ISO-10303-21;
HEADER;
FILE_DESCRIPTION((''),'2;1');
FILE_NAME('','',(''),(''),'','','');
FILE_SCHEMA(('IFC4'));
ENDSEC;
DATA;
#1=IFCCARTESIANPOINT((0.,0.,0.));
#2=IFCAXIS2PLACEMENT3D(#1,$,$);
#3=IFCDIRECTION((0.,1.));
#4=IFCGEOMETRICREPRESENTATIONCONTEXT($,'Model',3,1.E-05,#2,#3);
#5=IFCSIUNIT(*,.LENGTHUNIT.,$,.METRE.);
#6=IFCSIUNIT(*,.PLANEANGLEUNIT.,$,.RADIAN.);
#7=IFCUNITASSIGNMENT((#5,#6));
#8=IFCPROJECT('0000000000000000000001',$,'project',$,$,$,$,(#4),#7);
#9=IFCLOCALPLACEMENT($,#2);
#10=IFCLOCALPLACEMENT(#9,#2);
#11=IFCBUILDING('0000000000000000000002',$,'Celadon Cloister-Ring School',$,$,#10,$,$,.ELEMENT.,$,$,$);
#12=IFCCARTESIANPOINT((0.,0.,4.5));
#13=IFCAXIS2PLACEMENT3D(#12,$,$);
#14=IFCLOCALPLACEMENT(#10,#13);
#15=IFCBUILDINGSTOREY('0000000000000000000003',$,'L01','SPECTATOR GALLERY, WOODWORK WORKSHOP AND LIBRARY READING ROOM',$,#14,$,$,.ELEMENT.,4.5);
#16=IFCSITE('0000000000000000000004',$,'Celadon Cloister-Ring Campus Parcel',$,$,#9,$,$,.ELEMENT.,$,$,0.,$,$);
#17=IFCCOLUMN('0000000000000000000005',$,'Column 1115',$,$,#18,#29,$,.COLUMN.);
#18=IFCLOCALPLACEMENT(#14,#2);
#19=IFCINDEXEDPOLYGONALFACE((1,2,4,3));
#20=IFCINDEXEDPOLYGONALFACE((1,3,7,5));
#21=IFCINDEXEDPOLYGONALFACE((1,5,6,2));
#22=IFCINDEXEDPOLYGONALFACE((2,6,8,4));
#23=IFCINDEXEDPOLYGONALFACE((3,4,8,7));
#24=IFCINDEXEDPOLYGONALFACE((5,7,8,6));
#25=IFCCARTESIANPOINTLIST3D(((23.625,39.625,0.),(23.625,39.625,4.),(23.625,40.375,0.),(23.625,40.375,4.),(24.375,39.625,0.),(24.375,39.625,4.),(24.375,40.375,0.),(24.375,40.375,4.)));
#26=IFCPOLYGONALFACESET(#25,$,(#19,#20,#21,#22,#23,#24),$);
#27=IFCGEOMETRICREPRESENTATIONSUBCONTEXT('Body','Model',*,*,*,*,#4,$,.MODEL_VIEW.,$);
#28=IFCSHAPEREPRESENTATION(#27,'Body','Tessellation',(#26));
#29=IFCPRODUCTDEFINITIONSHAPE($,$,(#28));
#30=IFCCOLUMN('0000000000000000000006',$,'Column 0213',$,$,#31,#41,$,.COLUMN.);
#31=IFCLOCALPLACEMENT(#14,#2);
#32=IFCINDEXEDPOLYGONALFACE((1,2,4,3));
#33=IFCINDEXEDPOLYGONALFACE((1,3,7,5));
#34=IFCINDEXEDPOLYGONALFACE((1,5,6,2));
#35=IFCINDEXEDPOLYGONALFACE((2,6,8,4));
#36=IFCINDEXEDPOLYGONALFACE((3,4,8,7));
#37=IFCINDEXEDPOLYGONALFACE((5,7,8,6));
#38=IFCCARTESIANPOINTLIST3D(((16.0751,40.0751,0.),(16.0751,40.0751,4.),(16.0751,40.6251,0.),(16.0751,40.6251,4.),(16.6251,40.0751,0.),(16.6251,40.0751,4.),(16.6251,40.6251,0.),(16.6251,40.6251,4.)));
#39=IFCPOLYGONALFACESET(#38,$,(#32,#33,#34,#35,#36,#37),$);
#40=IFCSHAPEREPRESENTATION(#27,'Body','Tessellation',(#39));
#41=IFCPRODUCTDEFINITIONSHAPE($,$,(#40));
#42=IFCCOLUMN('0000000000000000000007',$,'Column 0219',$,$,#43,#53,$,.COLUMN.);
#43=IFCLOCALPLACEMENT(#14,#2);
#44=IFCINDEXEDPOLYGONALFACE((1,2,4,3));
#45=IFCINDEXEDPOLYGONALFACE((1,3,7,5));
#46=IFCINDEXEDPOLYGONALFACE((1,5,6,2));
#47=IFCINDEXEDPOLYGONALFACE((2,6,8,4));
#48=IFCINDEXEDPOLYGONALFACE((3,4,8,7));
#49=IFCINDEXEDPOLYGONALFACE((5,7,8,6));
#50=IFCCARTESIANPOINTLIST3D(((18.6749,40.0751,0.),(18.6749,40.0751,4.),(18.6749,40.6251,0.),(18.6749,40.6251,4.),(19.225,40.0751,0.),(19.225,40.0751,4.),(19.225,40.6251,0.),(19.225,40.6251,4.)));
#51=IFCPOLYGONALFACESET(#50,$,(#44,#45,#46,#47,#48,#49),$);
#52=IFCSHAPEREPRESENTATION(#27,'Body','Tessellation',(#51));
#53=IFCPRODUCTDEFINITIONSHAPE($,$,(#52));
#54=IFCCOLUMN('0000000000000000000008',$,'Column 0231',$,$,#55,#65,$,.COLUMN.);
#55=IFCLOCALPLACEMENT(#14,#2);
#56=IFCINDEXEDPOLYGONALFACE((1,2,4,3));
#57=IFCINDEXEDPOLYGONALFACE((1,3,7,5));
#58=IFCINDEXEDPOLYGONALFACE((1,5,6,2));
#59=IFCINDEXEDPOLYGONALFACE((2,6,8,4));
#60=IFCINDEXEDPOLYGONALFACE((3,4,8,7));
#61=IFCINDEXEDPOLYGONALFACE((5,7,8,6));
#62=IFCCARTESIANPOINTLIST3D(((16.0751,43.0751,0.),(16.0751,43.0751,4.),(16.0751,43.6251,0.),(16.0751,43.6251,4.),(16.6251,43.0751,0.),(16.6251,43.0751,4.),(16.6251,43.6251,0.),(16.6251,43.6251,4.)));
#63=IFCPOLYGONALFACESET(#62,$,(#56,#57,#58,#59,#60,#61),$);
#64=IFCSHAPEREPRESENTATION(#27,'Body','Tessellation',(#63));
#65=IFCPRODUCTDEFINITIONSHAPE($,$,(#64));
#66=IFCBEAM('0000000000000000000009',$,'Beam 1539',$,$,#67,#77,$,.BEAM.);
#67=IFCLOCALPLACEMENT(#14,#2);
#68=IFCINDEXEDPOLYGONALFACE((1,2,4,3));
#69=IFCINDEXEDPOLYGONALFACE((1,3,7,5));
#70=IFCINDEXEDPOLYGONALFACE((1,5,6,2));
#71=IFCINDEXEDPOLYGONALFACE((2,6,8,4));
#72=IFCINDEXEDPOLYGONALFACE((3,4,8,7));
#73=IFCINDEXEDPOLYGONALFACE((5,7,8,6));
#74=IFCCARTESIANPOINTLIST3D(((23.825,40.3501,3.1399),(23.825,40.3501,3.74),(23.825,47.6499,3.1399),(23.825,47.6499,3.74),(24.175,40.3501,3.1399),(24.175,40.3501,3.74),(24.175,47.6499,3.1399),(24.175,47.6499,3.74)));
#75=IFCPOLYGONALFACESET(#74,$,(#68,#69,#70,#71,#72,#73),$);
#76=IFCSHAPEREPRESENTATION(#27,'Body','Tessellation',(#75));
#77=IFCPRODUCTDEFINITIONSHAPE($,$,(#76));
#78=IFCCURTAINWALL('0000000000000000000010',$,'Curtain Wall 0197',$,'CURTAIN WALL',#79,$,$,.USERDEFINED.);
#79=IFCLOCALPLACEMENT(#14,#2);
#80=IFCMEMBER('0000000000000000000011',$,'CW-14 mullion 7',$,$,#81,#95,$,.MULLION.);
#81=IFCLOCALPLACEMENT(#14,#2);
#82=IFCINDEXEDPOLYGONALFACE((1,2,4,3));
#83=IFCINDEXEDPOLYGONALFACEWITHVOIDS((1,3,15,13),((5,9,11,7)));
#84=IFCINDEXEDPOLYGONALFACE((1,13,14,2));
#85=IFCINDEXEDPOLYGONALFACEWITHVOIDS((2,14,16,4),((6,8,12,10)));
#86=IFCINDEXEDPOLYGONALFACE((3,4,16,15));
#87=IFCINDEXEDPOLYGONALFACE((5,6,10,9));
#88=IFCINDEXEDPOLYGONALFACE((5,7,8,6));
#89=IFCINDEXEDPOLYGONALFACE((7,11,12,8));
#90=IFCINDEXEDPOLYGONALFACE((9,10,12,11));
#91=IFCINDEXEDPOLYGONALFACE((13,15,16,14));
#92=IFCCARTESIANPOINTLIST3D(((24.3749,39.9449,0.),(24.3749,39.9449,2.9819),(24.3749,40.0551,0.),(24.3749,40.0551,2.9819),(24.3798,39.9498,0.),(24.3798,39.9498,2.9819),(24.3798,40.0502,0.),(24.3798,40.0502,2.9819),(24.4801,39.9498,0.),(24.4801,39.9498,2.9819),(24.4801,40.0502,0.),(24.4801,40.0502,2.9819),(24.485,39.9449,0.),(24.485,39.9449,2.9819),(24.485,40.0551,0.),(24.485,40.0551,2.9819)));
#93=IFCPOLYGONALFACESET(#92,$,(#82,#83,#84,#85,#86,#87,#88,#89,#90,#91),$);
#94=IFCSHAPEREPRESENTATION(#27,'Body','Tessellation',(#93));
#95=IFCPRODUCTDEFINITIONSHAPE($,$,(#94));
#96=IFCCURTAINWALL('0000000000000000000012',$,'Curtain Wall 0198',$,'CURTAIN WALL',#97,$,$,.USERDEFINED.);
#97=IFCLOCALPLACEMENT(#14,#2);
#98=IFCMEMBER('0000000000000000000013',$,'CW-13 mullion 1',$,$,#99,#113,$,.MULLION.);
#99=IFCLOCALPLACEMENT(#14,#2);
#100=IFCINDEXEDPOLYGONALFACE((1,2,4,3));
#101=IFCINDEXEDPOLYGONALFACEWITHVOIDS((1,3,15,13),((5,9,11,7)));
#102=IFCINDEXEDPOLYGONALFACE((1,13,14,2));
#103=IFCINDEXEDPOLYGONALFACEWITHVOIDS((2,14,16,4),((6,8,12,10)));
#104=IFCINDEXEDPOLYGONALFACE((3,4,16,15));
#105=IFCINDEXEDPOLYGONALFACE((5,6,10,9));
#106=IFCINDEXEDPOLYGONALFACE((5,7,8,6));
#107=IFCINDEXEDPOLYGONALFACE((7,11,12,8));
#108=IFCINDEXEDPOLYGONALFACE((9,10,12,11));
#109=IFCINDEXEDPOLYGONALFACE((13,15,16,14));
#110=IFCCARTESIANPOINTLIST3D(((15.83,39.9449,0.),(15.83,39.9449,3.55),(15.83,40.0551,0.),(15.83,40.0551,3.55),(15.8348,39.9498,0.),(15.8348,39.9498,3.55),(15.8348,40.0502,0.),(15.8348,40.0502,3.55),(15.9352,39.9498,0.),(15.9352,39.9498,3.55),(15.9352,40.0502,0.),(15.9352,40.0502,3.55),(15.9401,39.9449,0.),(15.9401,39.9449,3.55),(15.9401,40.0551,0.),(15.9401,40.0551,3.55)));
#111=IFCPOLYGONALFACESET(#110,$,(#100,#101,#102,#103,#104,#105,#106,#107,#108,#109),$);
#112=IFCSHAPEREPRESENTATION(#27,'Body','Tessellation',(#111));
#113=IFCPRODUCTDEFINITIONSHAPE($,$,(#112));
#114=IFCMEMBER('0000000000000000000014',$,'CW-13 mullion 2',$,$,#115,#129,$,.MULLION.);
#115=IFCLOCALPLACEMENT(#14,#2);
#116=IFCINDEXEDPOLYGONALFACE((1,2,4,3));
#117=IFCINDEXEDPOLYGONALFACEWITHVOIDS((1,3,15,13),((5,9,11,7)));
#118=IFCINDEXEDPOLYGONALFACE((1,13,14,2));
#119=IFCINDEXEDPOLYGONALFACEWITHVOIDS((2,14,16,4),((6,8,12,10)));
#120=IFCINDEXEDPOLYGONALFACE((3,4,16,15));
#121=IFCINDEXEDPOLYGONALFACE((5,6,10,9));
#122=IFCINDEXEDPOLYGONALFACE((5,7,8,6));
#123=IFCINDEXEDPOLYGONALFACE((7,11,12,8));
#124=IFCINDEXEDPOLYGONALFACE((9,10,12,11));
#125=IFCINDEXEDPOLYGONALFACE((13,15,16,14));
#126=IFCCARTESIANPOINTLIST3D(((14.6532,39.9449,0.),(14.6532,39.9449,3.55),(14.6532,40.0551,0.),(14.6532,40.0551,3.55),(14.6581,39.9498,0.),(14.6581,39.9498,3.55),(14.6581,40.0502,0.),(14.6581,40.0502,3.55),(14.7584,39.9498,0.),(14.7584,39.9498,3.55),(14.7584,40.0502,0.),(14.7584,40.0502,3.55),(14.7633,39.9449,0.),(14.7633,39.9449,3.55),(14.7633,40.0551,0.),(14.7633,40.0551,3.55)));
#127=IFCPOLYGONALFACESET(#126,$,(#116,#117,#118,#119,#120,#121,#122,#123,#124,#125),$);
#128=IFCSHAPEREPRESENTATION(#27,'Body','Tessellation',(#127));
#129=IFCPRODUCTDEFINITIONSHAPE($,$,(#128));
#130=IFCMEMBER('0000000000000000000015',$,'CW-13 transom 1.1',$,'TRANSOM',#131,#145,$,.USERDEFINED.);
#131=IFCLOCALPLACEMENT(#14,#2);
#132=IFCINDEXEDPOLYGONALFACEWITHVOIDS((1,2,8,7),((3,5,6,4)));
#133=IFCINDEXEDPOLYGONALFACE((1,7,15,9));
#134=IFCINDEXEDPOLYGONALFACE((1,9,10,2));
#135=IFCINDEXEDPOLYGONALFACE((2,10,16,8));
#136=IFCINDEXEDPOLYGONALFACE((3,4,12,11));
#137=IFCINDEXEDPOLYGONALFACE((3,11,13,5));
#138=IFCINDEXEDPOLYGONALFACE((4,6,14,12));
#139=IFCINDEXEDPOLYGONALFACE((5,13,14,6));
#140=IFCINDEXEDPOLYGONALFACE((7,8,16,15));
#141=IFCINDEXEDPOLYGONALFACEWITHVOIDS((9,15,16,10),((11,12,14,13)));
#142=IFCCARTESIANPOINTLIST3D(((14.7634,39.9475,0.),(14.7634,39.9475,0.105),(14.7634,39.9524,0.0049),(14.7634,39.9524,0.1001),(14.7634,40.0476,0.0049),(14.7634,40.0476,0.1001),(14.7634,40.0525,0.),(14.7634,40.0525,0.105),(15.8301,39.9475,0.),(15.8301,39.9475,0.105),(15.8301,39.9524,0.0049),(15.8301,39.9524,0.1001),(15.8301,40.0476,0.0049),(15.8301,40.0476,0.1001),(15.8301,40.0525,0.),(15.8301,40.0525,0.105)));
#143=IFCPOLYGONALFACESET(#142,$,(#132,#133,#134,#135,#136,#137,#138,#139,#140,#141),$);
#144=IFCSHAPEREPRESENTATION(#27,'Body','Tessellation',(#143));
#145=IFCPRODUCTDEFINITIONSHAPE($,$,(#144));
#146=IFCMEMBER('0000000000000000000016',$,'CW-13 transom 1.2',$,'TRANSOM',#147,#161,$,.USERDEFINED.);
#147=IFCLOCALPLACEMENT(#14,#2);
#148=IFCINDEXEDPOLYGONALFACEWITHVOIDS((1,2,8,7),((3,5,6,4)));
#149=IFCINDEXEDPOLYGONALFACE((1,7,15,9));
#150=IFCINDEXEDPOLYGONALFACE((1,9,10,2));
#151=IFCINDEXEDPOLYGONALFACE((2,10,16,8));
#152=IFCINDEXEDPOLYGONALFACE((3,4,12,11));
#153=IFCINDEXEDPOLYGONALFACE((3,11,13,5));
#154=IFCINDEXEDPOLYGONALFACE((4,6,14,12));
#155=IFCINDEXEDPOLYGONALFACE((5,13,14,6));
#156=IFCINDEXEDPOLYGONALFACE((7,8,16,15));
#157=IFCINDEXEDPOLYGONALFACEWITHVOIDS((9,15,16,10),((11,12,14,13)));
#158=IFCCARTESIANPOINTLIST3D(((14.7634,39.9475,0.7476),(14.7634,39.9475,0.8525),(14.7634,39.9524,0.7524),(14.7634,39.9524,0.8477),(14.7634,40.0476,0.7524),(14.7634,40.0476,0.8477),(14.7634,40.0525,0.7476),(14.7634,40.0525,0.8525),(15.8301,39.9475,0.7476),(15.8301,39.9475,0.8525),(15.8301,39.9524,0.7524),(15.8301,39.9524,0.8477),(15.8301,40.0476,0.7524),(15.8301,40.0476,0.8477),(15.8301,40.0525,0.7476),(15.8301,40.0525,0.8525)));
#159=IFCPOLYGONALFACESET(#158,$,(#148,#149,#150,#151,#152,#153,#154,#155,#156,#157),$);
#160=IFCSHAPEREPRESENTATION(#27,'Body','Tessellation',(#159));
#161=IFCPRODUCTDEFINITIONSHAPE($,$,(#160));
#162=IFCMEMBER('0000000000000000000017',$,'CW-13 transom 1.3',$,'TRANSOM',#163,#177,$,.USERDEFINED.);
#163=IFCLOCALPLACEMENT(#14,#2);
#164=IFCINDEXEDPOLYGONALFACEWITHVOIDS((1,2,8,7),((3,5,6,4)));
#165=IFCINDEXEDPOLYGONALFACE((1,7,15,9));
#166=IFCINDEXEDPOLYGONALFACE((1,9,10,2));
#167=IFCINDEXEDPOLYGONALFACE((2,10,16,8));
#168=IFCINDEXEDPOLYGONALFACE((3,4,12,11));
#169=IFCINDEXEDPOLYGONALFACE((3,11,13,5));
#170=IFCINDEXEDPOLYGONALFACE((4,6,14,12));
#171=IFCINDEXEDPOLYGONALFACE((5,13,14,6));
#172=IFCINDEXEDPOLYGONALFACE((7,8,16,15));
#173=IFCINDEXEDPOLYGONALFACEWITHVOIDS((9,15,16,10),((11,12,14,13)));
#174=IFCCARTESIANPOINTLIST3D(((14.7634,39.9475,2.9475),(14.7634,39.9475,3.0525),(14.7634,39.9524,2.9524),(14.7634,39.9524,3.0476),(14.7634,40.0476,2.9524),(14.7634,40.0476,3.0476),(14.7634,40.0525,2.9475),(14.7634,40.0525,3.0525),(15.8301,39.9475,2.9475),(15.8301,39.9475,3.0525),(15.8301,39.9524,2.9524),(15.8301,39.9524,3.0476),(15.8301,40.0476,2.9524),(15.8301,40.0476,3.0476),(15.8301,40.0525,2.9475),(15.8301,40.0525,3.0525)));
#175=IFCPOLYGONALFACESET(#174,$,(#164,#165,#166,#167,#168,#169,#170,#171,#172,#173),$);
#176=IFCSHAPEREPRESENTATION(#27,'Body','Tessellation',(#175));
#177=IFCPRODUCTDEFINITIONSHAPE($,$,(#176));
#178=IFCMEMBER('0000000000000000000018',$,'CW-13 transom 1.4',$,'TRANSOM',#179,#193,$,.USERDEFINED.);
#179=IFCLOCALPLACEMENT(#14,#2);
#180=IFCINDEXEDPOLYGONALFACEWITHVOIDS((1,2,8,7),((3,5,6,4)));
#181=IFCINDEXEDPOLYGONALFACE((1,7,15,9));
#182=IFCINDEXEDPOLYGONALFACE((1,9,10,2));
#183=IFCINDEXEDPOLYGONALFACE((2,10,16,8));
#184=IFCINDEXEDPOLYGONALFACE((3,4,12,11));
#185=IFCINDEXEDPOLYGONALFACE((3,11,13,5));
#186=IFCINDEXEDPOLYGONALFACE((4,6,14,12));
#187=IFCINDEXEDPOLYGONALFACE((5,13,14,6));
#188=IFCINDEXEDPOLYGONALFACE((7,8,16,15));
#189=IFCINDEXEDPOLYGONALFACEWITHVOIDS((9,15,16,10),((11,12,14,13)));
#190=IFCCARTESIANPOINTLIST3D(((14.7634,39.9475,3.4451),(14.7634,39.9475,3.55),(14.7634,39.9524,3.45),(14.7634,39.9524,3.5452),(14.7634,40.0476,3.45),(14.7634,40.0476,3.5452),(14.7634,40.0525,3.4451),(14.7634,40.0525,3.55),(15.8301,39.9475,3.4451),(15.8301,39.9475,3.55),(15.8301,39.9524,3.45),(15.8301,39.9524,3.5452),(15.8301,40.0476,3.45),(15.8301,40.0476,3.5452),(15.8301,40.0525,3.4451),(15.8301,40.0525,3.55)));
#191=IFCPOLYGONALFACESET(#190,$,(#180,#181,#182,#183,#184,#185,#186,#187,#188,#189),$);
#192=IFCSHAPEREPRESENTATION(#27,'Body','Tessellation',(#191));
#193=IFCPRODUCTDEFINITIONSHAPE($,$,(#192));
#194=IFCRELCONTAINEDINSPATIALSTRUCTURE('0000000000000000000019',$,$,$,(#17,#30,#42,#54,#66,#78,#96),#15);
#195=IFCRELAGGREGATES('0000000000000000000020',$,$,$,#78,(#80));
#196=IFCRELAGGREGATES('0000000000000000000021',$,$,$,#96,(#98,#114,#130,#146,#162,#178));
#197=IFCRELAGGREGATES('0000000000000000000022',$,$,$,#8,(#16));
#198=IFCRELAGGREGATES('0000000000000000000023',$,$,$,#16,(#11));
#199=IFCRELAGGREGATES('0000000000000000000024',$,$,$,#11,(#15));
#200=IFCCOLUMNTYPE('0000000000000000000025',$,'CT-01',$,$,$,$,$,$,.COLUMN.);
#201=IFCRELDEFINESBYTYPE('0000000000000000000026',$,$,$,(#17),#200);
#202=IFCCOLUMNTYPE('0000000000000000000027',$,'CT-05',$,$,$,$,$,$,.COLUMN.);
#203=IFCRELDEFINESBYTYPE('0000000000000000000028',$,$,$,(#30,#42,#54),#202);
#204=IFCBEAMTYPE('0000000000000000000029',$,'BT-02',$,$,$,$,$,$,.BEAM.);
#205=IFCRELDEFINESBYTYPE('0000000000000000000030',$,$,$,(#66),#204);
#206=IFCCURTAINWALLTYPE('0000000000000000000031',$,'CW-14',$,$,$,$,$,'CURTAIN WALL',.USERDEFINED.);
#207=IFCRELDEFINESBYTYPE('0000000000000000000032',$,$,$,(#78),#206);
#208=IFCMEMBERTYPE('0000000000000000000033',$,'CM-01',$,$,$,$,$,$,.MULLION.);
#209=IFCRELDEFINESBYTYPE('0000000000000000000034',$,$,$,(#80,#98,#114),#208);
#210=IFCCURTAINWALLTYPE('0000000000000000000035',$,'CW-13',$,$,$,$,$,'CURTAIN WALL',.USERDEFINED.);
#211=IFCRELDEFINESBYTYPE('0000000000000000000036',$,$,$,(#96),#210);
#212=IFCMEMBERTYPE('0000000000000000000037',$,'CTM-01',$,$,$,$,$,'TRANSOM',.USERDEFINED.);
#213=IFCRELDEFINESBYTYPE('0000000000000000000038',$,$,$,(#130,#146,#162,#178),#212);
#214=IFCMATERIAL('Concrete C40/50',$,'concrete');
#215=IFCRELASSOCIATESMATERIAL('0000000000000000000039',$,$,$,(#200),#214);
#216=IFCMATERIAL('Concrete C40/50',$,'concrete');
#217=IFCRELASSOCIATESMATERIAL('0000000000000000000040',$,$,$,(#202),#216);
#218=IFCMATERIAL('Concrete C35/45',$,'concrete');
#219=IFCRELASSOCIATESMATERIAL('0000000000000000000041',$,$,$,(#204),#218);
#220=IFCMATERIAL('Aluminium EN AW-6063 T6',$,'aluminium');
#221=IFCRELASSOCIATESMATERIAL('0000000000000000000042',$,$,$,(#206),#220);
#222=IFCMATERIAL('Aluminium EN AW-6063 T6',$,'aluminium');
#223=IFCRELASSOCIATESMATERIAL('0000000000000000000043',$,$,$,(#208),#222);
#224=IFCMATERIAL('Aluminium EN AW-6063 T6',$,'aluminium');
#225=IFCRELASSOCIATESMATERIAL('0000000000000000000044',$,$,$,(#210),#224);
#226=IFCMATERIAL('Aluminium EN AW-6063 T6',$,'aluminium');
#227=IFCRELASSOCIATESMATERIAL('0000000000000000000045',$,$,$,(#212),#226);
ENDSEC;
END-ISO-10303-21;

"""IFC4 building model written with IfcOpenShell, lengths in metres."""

from ifc_helpers import new_model, si_unit, direction, frame, origin, origin_2d, place, context, subcontext, project, spatial, rectangle, hollow_rectangle, extrude, material, material_profile, profile_set, type_object, element, aggregate, save


model = new_model("IFC4")

# Units and contexts
model_context = context("Model", 3, precision=1e-05, world=origin(), true_north=direction((0.0, 1.0)))
body_context = subcontext(model_context, "Body", "Model", "MODEL_VIEW")
ifc_project = project(units=[si_unit("LENGTHUNIT", "METRE"), si_unit("PLANEANGLEUNIT", "RADIAN")], contexts=[model_context])

# Site, building, storey
site_placement = place(None, origin())
site = spatial("IfcSite", under=ifc_project, at=site_placement, Name="Celadon Cloister-Ring Campus Parcel", CompositionType="ELEMENT", RefElevation=0.0)
building_placement = place(site_placement, origin())
building = spatial("IfcBuilding", under=site, at=building_placement, Name="Celadon Cloister-Ring School", CompositionType="ELEMENT")
storey_placement = place(building_placement, frame((0.0, 0.0, 4.5)))
storey = spatial("IfcBuildingStorey", under=building, at=storey_placement, Name="L01", Description="SPECTATOR GALLERY, WOODWORK WORKSHOP AND LIBRARY READING ROOM", CompositionType="ELEMENT", Elevation=4.5)

# Columns
ifc_material_1 = material(Name="Concrete C40/50", Category="concrete")
ifc_material_profile_1 = material_profile(ifc_material_1, rectangle(XDim=0.75, YDim=0.75, at=origin_2d()), Name="RC750X750")
ifc_profile_set_1 = profile_set([ifc_material_profile_1], Name="Concrete C40/50")
column_type_1 = type_object("IfcColumnType", Name="CT-01", PredefinedType="COLUMN", material=ifc_profile_set_1)
column_placement = place(storey_placement, frame((24.0, 40.0, 0.0), z_axis=(0.0, 0.0, 1.0), x_axis=(1.0, 0.0, 0.0)))
element("IfcColumn", 1, at=column_placement, inside=storey, type_object=column_type_1, Name="Column 1115", PredefinedType="COLUMN", context=body_context, shape_type="SweptSolid", body=[
    extrude(rectangle(XDim=0.75, YDim=0.75, at=origin_2d()), origin(), (0.0, 0.0, 1.0), 4.0),
])
ifc_material_2 = material(Name="Concrete C40/50", Category="concrete")
ifc_material_profile_2 = material_profile(ifc_material_2, rectangle(XDim=0.55, YDim=0.55, at=origin_2d()), Name="RC550X550")
ifc_profile_set_2 = profile_set([ifc_material_profile_2], Name="Concrete C40/50")
column_type_2 = type_object("IfcColumnType", Name="CT-05", PredefinedType="COLUMN", material=ifc_profile_set_2)
for number, where, z_axis, x_axis, name in (
    (2, (16.3501, 40.3501, 0.0), (0.0, 0.0, 1.0), (1.0, 0.0, 0.0), "Column 0213"),
    (3, (18.95, 40.3501, 0.0), (0.0, 0.0, 1.0), (1.0, 0.0, 0.0), "Column 0219"),
    (4, (16.3501, 43.3501, 0.0), (0.0, 0.0, 1.0), (1.0, 0.0, 0.0), "Column 0231"),
):
    element("IfcColumn", number, at=place(storey_placement, frame(where, z_axis=z_axis, x_axis=x_axis)), inside=storey, type_object=column_type_2, Name=name, PredefinedType="COLUMN", context=body_context, shape_type="SweptSolid", body=[
        extrude(rectangle(XDim=0.55, YDim=0.55, at=origin_2d()), origin(), (0.0, 0.0, 1.0), 4.0),
    ])

# Beam
ifc_material_3 = material(Name="Concrete C35/45", Category="concrete")
ifc_material_profile_3 = material_profile(ifc_material_3, rectangle(XDim=0.3501, YDim=0.6001, at=origin_2d()), Name="RC350X600")
ifc_profile_set_3 = profile_set([ifc_material_profile_3], Name="Concrete C35/45")
beam_type_1 = type_object("IfcBeamType", Name="BT-02", PredefinedType="BEAM", material=ifc_profile_set_3)
beam_1_placement = place(storey_placement, frame((24.0, 40.3501, 3.4399), z_axis=(0.0, 1.0, 0.0), x_axis=(-1.0, 0.0, 0.0)))
element("IfcBeam", 5, at=beam_1_placement, inside=storey, type_object=beam_type_1, Name="Beam 1539", PredefinedType="BEAM", context=body_context, shape_type="SweptSolid", body=[
    extrude(rectangle(XDim=0.3501, YDim=0.6001, at=origin_2d()), origin(), (0.0, 0.0, 1.0), 7.2998),
])

# Curtain wall, member
ifc_material_4 = material(Name="Aluminium EN AW-6063 T6", Category="aluminium")
curtain_wall_type_1 = type_object("IfcCurtainWallType", Name="CW-14", ElementType="CURTAIN WALL", PredefinedType="USERDEFINED", material=ifc_material_4)
curtain_wall_1_placement = place(storey_placement, origin())
curtain_wall_1 = element("IfcCurtainWall", 6, at=curtain_wall_1_placement, inside=storey, type_object=curtain_wall_type_1, Name="Curtain Wall 0197", ObjectType="CURTAIN WALL", PredefinedType="USERDEFINED")
ifc_material_5 = material(Name="Aluminium EN AW-6063 T6", Category="aluminium")
ifc_material_profile_4 = material_profile(ifc_material_5, hollow_rectangle(XDim=0.1101, YDim=0.1101, WallThickness=0.0049, at=origin_2d()), Name="RHS110X110X5")
ifc_profile_set_4 = profile_set([ifc_material_profile_4], Name="Aluminium EN AW-6063 T6")
member_type_1 = type_object("IfcMemberType", Name="CM-01", PredefinedType="MULLION", material=ifc_profile_set_4)
member_1_placement = place(storey_placement, frame((24.4299, 40.0, 0.0), z_axis=(0.0, 0.0, 1.0), x_axis=(0.0, -1.0, 0.0)))
member_1 = element("IfcMember", 7, at=member_1_placement, type_object=member_type_1, Name="CW-14 mullion 7", PredefinedType="MULLION", context=body_context, shape_type="SweptSolid", body=[
    extrude(hollow_rectangle(XDim=0.1101, YDim=0.1101, WallThickness=0.0049, at=origin_2d()), origin(), (0.0, 0.0, 1.0), 2.9819),
])

# Curtain wall, members
ifc_material_6 = material(Name="Aluminium EN AW-6063 T6", Category="aluminium")
curtain_wall_type_2 = type_object("IfcCurtainWallType", Name="CW-13", ElementType="CURTAIN WALL", PredefinedType="USERDEFINED", material=ifc_material_6)
curtain_wall_2_placement = place(storey_placement, origin())
curtain_wall_2 = element("IfcCurtainWall", 8, at=curtain_wall_2_placement, inside=storey, type_object=curtain_wall_type_2, Name="Curtain Wall 0198", ObjectType="CURTAIN WALL", PredefinedType="USERDEFINED")
member_2_placement = place(storey_placement, frame((15.885, 40.0, 0.0), z_axis=(0.0, 0.0, 1.0), x_axis=(0.0, -1.0, 0.0)))
member_2 = element("IfcMember", 9, at=member_2_placement, type_object=member_type_1, Name="CW-13 mullion 1", PredefinedType="MULLION", context=body_context, shape_type="SweptSolid", body=[
    extrude(hollow_rectangle(XDim=0.1101, YDim=0.1101, WallThickness=0.0049, at=origin_2d()), origin(), (0.0, 0.0, 1.0), 3.55),
])
member_3_placement = place(storey_placement, frame((14.7083, 40.0, 0.0), z_axis=(0.0, 0.0, 1.0), x_axis=(0.0, -1.0, 0.0)))
member_3 = element("IfcMember", 10, at=member_3_placement, type_object=member_type_1, Name="CW-13 mullion 2", PredefinedType="MULLION", context=body_context, shape_type="SweptSolid", body=[
    extrude(hollow_rectangle(XDim=0.1101, YDim=0.1101, WallThickness=0.0049, at=origin_2d()), origin(), (0.0, 0.0, 1.0), 3.55),
])
ifc_material_7 = material(Name="Aluminium EN AW-6063 T6", Category="aluminium")
ifc_material_profile_5 = material_profile(ifc_material_7, hollow_rectangle(XDim=0.105, YDim=0.105, WallThickness=0.0049, at=origin_2d()), Name="RHS105X105X5")
ifc_profile_set_5 = profile_set([ifc_material_profile_5], Name="Aluminium EN AW-6063 T6")
member_type_2 = type_object("IfcMemberType", Name="CTM-01", ElementType="TRANSOM", PredefinedType="USERDEFINED", material=ifc_profile_set_5)
member_4_placement = place(storey_placement, frame((15.8301, 40.0, 0.0525), z_axis=(-1.0, 0.0, 0.0), x_axis=(0.0, -1.0, 0.0)))
member_4 = element("IfcMember", 11, at=member_4_placement, type_object=member_type_2, Name="CW-13 transom 1.1", ObjectType="TRANSOM", PredefinedType="USERDEFINED", context=body_context, shape_type="SweptSolid", body=[
    extrude(hollow_rectangle(XDim=0.105, YDim=0.105, WallThickness=0.0049, at=origin_2d()), origin(), (0.0, 0.0, 1.0), 1.0667),
])
member_5_placement = place(storey_placement, frame((15.8301, 40.0, 0.8), z_axis=(-1.0, 0.0, 0.0), x_axis=(0.0, -1.0, 0.0)))
member_5 = element("IfcMember", 12, at=member_5_placement, type_object=member_type_2, Name="CW-13 transom 1.2", ObjectType="TRANSOM", PredefinedType="USERDEFINED", context=body_context, shape_type="SweptSolid", body=[
    extrude(hollow_rectangle(XDim=0.105, YDim=0.105, WallThickness=0.0049, at=origin_2d()), origin(), (0.0, 0.0, 1.0), 1.0667),
])
member_6_placement = place(storey_placement, frame((15.8301, 40.0, 3.0), z_axis=(-1.0, 0.0, 0.0), x_axis=(0.0, -1.0, 0.0)))
member_6 = element("IfcMember", 13, at=member_6_placement, type_object=member_type_2, Name="CW-13 transom 1.3", ObjectType="TRANSOM", PredefinedType="USERDEFINED", context=body_context, shape_type="SweptSolid", body=[
    extrude(hollow_rectangle(XDim=0.105, YDim=0.105, WallThickness=0.0049, at=origin_2d()), origin(), (0.0, 0.0, 1.0), 1.0667),
])
member_7_placement = place(storey_placement, frame((15.8301, 40.0, 3.4976), z_axis=(-1.0, 0.0, 0.0), x_axis=(0.0, -1.0, 0.0)))
member_7 = element("IfcMember", 14, at=member_7_placement, type_object=member_type_2, Name="CW-13 transom 1.4", ObjectType="TRANSOM", PredefinedType="USERDEFINED", context=body_context, shape_type="SweptSolid", body=[
    extrude(hollow_rectangle(XDim=0.105, YDim=0.105, WallThickness=0.0049, at=origin_2d()), origin(), (0.0, 0.0, 1.0), 1.0667),
])

aggregate(curtain_wall_1, [member_1])
aggregate(curtain_wall_2, [member_2, member_3, member_4, member_5, member_6, member_7])

save(model, "model.ifc")
